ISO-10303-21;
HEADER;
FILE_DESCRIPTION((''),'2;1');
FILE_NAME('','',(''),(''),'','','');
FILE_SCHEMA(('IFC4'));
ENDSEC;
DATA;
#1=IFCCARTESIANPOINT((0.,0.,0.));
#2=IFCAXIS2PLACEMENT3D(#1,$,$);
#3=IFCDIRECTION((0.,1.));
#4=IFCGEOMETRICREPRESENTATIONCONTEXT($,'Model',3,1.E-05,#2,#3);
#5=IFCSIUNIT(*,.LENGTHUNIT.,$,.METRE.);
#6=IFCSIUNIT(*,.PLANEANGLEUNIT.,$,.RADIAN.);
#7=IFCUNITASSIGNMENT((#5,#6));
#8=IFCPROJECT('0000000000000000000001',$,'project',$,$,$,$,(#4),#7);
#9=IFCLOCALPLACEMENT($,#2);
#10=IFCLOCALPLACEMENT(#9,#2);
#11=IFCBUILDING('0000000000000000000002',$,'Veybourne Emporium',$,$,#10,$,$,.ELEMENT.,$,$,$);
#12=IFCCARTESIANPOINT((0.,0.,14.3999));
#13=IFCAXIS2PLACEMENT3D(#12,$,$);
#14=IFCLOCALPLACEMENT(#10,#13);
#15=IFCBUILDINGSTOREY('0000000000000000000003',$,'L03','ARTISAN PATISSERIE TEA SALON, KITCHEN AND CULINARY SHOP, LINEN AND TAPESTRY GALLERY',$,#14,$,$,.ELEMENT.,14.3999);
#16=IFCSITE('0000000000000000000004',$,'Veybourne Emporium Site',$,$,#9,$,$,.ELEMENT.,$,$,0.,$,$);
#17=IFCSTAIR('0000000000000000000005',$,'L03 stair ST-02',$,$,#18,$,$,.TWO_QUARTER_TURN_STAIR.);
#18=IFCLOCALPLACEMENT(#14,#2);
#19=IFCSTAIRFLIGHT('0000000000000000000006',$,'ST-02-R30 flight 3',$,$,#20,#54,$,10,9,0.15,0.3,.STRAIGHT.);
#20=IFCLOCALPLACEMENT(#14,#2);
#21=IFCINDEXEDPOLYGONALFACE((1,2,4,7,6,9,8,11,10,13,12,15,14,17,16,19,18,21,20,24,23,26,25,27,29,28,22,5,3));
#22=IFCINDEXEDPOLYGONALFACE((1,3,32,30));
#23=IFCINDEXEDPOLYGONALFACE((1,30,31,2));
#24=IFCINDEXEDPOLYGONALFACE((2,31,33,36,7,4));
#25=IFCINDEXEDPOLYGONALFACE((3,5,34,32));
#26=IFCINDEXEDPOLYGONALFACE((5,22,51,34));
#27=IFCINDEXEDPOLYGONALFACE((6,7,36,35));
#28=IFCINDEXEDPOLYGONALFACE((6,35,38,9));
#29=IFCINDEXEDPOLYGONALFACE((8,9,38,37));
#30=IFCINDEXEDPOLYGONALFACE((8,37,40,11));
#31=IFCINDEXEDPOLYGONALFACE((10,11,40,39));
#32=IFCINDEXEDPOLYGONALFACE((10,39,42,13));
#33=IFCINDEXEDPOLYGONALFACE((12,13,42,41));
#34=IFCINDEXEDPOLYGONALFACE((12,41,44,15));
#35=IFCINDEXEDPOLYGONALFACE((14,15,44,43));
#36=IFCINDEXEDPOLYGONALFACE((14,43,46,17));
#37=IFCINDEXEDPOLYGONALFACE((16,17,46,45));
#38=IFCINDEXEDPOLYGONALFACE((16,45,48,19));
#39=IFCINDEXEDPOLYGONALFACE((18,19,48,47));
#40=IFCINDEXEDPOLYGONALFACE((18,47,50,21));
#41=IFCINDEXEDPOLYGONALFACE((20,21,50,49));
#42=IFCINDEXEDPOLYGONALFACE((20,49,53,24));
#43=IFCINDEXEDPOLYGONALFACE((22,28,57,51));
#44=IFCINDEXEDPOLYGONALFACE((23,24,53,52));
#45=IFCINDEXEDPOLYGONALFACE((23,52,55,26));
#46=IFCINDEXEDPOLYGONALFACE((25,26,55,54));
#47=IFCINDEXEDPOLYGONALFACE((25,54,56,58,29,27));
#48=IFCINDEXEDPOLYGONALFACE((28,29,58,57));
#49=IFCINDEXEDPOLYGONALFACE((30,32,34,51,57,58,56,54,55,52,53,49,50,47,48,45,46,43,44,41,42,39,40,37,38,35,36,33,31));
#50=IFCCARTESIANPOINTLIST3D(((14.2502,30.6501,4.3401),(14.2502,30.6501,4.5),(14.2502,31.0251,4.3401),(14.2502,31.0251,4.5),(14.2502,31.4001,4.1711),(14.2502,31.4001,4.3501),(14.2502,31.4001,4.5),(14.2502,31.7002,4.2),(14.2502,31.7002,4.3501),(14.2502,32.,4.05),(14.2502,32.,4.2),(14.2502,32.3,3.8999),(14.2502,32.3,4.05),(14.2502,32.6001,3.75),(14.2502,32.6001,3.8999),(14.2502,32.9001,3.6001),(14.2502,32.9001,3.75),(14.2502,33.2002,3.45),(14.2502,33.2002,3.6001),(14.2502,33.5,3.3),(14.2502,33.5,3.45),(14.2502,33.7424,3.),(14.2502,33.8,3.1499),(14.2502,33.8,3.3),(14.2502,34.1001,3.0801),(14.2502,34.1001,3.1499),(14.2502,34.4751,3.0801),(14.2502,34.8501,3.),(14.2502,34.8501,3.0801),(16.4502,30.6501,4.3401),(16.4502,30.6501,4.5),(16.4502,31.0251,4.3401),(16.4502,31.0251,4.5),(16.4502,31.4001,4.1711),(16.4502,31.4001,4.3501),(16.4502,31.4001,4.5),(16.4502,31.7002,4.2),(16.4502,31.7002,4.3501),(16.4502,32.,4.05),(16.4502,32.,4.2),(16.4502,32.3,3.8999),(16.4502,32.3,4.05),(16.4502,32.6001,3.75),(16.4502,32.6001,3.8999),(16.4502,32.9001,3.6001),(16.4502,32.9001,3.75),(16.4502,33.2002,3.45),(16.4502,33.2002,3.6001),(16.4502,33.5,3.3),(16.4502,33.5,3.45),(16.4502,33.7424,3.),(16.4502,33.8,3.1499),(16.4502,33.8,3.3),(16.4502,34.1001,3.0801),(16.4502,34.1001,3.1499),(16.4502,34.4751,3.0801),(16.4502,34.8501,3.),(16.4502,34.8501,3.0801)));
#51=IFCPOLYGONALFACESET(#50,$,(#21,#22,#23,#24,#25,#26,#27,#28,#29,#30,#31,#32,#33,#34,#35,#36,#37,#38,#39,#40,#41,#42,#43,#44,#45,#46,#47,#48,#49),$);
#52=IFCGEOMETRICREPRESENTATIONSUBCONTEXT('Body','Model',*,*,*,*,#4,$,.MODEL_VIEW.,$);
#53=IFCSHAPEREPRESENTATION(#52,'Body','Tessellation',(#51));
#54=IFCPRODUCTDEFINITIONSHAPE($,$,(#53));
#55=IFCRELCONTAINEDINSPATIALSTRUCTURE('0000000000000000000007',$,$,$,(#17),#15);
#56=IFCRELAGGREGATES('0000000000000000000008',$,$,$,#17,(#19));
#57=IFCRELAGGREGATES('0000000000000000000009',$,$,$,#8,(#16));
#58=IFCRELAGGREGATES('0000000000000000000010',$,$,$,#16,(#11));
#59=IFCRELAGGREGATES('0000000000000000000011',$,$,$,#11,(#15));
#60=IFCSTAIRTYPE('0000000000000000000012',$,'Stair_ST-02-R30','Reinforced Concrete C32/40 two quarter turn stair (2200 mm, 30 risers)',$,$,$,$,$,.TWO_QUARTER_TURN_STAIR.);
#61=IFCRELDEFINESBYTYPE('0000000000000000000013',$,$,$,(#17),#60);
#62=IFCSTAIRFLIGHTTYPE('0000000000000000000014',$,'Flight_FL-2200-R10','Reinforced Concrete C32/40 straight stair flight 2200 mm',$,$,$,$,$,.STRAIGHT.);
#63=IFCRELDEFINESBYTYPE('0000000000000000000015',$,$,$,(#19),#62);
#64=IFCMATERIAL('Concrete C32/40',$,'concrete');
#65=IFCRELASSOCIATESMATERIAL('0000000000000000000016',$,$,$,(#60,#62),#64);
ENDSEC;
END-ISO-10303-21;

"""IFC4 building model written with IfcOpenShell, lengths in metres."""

from ifc_helpers import new_model, si_unit, direction, frame, origin, place, context, subcontext, project, spatial, polyline, outline, extrude, material, type_object, element, aggregate, save


model = new_model("IFC4")

# Units and contexts
model_context = context("Model", 3, precision=1e-05, world=origin(), true_north=direction((0.0, 1.0)))
body_context = subcontext(model_context, "Body", "Model", "MODEL_VIEW")
ifc_project = project(units=[si_unit("LENGTHUNIT", "METRE"), si_unit("PLANEANGLEUNIT", "RADIAN")], contexts=[model_context])

# Site, building, storey
site_placement = place(None, origin())
site = spatial("IfcSite", under=ifc_project, at=site_placement, Name="Veybourne Emporium Site", CompositionType="ELEMENT", RefElevation=0.0)
building_placement = place(site_placement, origin())
building = spatial("IfcBuilding", under=site, at=building_placement, Name="Veybourne Emporium", CompositionType="ELEMENT")
storey_placement = place(building_placement, frame((0.0, 0.0, 14.3999)))
storey = spatial("IfcBuildingStorey", under=building, at=storey_placement, Name="L03", Description="ARTISAN PATISSERIE TEA SALON, KITCHEN AND CULINARY SHOP, LINEN AND TAPESTRY GALLERY", CompositionType="ELEMENT", Elevation=14.3999)

# Shared definitions
ifc_material_1 = material(Name="Concrete C32/40", Category="concrete")

# Stair, stair flight
stair_type = type_object("IfcStairType", Name="Stair_ST-02-R30", Description="Reinforced Concrete C32/40 two quarter turn stair (2200 mm, 30 risers)", PredefinedType="TWO_QUARTER_TURN_STAIR", material=ifc_material_1)
stair_placement = place(storey_placement, origin())
stair = element("IfcStair", 1, at=stair_placement, inside=storey, type_object=stair_type, Name="L03 stair ST-02", PredefinedType="TWO_QUARTER_TURN_STAIR")
stair_flight_type = type_object("IfcStairFlightType", Name="Flight_FL-2200-R10", Description="Reinforced Concrete C32/40 straight stair flight 2200 mm", PredefinedType="STRAIGHT", material=ifc_material_1)
stair_flight_1_placement = place(storey_placement, frame((15.3501, 34.1001, 3.0), z_axis=(0.0, 0.0, 1.0), x_axis=(0.0, -1.0, 0.0)))
stair_flight_1 = element("IfcStairFlight", 2, at=stair_flight_1_placement, type_object=stair_flight_type, Name="ST-02-R30 flight 3", NumberOfRisers=10, NumberOfTreads=9, PredefinedType="STRAIGHT", RiserHeight=0.15, TreadLength=0.3, context=body_context, shape_type="SweptSolid", body=[
    extrude(outline(polyline([(-0.75, 0.0), (-0.75, 0.0801), (-0.375, 0.0801), (0.0, 0.0801), (0.0, 0.1499), (0.3, 0.1499), (0.3, 0.3), (0.6001, 0.3), (0.6001, 0.45), (0.8999, 0.45), (0.8999, 0.6001), (1.2, 0.6001), (1.2, 0.75), (1.5, 0.75), (1.5, 0.8999), (1.8, 0.8999), (1.8, 1.05), (2.1001, 1.05), (2.1001, 1.2), (2.3999, 1.2), (2.3999, 1.3501), (2.7, 1.3501), (2.7, 1.5), (3.075, 1.5), (3.45, 1.5), (3.45, 1.3401), (3.075, 1.3401), (2.7, 1.1711), (0.3577, 0.0), (-0.75, 0.0)])), frame((0.0, 1.1001, 0.0), z_axis=(0.0, -1.0, 0.0), x_axis=(1.0, 0.0, 0.0)), (0.0, 0.0, 1.0), 2.2),
])
aggregate(stair, [stair_flight_1])

save(model, "model.ifc")
